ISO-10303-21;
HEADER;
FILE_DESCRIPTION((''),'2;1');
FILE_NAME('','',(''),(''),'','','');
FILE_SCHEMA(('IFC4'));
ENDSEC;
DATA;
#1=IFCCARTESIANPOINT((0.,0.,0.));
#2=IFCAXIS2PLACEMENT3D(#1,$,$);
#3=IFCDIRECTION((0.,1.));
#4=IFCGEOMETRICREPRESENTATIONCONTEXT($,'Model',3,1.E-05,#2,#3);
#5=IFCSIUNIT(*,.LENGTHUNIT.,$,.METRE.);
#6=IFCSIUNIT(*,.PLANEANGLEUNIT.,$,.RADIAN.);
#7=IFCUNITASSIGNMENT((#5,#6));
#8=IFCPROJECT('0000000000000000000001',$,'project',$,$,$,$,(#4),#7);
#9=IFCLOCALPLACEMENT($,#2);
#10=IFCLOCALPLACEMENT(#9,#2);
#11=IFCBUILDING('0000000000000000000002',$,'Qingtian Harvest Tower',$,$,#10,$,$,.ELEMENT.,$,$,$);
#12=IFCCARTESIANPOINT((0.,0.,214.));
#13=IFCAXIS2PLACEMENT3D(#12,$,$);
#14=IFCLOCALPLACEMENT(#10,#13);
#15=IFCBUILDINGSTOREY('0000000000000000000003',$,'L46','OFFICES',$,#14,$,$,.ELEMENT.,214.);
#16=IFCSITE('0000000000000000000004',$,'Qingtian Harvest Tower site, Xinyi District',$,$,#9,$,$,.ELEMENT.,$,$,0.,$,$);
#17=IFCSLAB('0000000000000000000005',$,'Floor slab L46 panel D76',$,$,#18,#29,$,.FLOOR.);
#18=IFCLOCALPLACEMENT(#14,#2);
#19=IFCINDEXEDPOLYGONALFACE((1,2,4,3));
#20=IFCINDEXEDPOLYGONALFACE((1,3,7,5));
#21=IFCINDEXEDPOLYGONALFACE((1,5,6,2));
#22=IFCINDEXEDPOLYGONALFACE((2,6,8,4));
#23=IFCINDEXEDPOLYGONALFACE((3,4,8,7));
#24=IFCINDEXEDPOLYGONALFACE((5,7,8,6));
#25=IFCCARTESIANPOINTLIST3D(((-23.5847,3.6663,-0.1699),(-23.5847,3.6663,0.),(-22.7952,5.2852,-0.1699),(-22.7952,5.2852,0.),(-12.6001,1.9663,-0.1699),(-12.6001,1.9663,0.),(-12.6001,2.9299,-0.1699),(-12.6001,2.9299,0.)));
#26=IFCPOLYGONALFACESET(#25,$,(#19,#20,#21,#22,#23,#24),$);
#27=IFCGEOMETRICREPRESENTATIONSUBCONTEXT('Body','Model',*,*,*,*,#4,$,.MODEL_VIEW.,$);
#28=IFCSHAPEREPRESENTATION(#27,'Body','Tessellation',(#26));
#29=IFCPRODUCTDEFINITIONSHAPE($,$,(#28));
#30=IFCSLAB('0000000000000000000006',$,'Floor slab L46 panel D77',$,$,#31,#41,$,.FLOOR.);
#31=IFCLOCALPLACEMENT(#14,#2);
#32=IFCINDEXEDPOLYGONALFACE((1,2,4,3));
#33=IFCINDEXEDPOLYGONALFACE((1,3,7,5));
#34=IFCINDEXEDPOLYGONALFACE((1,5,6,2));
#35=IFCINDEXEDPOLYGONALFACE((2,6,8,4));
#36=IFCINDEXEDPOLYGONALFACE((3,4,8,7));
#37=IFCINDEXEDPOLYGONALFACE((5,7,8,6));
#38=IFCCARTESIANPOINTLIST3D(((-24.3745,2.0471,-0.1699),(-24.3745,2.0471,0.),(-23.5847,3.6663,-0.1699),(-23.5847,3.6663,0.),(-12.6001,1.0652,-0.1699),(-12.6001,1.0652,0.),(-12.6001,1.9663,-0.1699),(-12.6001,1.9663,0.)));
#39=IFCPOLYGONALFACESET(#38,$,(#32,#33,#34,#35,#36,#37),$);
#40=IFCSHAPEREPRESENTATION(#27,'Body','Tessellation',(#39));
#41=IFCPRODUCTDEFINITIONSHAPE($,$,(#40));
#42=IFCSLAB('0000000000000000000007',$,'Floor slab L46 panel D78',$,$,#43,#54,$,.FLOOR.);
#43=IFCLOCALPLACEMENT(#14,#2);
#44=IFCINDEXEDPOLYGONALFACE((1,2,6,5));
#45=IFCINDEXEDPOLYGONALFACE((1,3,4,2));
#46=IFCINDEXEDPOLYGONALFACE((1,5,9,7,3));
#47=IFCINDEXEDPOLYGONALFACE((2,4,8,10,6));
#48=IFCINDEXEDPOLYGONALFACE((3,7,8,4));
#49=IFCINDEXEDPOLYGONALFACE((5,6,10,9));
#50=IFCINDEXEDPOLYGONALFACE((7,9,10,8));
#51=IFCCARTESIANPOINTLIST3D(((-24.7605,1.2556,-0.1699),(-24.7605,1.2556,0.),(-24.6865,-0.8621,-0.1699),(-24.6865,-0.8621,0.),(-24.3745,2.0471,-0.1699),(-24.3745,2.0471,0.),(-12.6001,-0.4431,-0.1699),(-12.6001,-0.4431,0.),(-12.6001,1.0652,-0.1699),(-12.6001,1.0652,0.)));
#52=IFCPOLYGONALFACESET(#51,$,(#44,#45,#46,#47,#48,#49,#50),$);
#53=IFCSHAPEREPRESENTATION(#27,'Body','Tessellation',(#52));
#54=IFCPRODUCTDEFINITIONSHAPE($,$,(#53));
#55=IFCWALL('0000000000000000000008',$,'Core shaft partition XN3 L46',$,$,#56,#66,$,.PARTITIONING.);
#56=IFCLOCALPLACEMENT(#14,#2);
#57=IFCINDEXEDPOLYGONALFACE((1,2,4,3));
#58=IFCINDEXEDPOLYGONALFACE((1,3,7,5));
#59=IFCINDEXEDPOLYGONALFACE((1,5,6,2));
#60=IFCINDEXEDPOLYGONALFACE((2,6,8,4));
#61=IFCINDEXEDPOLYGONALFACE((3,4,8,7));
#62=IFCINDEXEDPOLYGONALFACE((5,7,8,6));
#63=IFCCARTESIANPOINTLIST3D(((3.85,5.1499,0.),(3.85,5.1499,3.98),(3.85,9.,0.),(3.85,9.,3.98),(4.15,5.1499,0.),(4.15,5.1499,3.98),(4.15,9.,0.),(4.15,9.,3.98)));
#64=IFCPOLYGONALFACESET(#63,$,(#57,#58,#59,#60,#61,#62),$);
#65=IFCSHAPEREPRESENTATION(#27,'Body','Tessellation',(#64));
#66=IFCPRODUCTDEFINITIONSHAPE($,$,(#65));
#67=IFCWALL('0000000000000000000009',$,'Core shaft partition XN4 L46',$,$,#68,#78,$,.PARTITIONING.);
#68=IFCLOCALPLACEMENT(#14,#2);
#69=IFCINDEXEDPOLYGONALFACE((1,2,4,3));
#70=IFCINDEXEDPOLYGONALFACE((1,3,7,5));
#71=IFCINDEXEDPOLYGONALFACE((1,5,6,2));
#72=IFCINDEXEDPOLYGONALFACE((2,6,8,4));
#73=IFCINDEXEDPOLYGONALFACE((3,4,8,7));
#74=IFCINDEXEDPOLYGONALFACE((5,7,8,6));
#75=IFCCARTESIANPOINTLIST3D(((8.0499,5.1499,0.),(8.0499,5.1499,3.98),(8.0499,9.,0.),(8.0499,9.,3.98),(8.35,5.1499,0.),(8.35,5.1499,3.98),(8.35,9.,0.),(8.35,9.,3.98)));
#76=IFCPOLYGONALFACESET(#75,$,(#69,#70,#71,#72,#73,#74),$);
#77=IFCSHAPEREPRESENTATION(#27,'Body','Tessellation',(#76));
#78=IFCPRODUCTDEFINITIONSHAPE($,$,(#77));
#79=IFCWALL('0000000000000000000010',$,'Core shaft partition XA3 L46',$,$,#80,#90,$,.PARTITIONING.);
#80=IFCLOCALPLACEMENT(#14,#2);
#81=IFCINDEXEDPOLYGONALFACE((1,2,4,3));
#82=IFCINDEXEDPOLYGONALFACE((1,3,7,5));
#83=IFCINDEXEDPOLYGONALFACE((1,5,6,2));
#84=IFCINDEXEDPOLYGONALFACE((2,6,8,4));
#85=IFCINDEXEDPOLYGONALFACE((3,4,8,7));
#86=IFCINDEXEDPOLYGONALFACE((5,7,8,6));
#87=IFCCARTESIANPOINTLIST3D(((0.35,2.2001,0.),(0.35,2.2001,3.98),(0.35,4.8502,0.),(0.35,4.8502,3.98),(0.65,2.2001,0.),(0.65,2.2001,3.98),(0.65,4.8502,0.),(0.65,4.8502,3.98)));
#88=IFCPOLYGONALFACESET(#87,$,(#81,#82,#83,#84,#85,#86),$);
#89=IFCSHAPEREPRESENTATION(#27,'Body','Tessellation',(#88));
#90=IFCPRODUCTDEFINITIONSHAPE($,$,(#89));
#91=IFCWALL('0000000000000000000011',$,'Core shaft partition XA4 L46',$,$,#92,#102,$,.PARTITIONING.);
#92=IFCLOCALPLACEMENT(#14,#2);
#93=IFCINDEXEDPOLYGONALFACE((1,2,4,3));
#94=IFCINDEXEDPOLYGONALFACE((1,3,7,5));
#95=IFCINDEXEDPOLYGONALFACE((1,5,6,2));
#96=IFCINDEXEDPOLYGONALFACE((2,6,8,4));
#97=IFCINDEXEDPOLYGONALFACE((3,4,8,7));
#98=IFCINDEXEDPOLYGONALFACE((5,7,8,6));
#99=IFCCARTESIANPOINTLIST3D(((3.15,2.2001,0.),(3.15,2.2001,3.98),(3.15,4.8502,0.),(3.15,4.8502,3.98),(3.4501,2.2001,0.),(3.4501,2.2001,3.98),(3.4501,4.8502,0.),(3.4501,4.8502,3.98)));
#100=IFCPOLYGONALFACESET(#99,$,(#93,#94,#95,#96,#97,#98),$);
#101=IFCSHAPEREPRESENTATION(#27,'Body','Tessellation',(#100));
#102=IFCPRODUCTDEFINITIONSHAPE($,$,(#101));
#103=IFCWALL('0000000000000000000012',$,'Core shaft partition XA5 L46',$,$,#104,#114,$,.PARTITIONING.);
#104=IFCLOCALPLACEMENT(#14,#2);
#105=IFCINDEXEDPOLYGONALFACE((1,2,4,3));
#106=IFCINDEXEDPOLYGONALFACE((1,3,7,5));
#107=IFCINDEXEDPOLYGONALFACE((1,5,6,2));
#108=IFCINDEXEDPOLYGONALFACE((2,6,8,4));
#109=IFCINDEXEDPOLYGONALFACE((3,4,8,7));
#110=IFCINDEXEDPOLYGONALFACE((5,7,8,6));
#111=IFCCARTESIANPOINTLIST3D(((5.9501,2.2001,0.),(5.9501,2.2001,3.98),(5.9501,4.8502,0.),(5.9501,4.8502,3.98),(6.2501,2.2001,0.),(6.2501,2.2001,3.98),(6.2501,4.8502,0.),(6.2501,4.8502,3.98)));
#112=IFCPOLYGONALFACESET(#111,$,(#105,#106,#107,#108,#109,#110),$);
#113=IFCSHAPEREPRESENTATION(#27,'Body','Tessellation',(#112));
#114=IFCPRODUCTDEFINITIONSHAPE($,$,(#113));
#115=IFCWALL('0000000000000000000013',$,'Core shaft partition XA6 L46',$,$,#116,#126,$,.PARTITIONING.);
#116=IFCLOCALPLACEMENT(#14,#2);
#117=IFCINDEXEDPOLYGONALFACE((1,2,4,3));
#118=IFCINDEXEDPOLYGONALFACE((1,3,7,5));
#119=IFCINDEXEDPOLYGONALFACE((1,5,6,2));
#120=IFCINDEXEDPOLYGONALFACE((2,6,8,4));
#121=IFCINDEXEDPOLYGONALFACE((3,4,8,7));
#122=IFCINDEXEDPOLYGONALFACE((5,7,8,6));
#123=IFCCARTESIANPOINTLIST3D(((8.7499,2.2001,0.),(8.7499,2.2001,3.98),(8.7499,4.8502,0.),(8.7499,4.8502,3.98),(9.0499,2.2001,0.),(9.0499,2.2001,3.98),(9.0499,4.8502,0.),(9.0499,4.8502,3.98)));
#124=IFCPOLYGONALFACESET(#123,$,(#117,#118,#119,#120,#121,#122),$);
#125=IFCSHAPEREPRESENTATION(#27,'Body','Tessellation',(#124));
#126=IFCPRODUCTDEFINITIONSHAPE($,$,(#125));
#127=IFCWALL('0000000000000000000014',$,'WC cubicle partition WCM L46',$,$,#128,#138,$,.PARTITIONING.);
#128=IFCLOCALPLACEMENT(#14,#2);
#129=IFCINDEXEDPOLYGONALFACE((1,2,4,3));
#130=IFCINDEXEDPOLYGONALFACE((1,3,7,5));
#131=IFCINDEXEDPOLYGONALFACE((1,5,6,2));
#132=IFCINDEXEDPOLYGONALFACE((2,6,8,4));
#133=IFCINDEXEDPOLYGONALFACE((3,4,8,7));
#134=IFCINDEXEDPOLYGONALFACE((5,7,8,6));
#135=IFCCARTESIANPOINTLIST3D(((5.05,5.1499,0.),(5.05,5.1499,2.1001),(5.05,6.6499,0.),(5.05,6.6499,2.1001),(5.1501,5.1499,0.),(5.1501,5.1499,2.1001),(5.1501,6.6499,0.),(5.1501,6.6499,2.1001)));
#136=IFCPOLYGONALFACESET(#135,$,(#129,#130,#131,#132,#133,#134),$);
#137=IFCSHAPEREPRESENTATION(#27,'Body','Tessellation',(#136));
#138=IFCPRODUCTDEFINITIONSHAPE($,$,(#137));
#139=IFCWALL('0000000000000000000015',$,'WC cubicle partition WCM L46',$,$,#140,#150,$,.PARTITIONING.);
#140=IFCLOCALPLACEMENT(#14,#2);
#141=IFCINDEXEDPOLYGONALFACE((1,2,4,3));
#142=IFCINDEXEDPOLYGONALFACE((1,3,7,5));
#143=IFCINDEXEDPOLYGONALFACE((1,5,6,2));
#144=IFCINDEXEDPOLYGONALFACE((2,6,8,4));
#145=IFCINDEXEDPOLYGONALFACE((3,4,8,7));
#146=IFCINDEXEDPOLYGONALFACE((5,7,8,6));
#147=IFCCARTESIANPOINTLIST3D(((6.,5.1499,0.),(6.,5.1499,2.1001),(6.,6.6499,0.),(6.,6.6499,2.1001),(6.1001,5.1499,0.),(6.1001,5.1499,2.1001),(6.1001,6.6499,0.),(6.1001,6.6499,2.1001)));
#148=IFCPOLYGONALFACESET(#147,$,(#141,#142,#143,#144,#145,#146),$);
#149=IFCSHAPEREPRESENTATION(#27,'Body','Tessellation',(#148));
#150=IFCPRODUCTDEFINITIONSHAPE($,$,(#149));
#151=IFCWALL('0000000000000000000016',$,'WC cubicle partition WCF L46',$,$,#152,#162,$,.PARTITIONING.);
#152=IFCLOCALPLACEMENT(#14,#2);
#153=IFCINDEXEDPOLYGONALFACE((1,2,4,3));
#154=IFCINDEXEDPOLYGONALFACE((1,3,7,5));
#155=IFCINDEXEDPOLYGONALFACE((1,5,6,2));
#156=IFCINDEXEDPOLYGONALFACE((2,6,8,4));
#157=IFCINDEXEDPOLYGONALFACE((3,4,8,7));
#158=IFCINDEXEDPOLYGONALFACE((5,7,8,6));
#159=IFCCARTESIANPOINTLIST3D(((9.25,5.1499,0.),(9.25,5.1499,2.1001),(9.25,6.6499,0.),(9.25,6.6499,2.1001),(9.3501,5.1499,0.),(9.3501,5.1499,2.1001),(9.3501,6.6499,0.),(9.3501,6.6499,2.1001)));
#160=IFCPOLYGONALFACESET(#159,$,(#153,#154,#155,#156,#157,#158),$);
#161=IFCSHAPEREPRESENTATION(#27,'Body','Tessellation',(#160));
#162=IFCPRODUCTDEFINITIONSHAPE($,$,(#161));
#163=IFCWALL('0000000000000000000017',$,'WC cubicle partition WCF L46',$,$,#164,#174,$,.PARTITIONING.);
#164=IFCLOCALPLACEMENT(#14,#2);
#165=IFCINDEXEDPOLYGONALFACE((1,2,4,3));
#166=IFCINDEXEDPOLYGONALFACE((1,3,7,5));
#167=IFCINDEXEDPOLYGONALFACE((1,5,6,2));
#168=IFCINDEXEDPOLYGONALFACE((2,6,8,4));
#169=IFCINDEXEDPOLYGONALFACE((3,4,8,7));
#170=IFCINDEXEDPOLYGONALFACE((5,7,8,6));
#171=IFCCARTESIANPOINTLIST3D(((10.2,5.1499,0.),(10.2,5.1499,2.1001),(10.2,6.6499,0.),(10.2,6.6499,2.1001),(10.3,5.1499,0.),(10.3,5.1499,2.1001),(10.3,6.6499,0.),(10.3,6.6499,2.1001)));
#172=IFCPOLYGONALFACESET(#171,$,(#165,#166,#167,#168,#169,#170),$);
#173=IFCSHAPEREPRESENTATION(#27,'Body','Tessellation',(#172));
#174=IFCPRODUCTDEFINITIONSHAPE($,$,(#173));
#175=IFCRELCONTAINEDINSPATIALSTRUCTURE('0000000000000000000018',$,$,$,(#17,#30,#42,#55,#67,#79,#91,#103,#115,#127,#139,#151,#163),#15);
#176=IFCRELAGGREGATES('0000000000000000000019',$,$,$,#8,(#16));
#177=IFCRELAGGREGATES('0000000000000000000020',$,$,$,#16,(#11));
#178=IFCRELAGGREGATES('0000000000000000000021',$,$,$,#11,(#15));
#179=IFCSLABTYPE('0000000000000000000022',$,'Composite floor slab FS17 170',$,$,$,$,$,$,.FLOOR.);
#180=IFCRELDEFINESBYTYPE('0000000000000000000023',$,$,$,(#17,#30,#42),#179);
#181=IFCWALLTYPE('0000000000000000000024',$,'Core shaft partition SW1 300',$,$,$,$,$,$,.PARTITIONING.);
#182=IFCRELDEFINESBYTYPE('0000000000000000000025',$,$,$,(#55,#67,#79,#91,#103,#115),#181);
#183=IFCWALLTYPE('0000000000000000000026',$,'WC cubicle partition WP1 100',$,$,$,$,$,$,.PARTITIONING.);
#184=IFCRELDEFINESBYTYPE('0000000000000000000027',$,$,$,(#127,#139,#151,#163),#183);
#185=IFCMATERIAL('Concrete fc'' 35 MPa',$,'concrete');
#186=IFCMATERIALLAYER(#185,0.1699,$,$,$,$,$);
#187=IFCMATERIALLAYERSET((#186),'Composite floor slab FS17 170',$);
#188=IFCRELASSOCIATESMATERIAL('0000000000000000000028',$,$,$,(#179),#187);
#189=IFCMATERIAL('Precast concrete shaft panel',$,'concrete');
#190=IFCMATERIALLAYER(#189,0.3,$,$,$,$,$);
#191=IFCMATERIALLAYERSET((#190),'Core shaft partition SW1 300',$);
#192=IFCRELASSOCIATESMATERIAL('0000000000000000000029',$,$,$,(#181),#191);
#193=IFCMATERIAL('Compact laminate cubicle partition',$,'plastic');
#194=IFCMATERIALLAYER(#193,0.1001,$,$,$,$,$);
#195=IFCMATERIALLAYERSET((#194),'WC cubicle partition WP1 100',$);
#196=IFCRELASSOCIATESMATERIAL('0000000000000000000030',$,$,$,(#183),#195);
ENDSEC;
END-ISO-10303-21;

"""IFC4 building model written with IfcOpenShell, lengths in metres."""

from ifc_helpers import new_model, si_unit, direction, frame, frame_2d, origin, place, context, subcontext, project, spatial, polyline, rectangle, outline, extrude, material, layer, layer_set, type_object, element, save


model = new_model("IFC4")

# Units and contexts
model_context = context("Model", 3, precision=1e-05, world=origin(), true_north=direction((0.0, 1.0)))
body_context = subcontext(model_context, "Body", "Model", "MODEL_VIEW")
ifc_project = project(units=[si_unit("LENGTHUNIT", "METRE"), si_unit("PLANEANGLEUNIT", "RADIAN")], contexts=[model_context])

# Site, building, storey
site_placement = place(None, origin())
site = spatial("IfcSite", under=ifc_project, at=site_placement, Name="Qingtian Harvest Tower site, Xinyi District", CompositionType="ELEMENT", RefElevation=0.0)
building_placement = place(site_placement, origin())
building = spatial("IfcBuilding", under=site, at=building_placement, Name="Qingtian Harvest Tower", CompositionType="ELEMENT")
storey_placement = place(building_placement, frame((0.0, 0.0, 214.0)))
storey = spatial("IfcBuildingStorey", under=building, at=storey_placement, Name="L46", Description="OFFICES", CompositionType="ELEMENT", Elevation=214.0)

# Slabs
ifc_material_1 = material(Name="Concrete fc' 35 MPa", Category="concrete")
ifc_layer_1 = layer(ifc_material_1, 0.1699)
ifc_layer_set_1 = layer_set([ifc_layer_1], Name="Composite floor slab FS17 170")
slab_type = type_object("IfcSlabType", Name="Composite floor slab FS17 170", PredefinedType="FLOOR", material=ifc_layer_set_1)
slab_1_placement = place(storey_placement, frame((0.0, 0.0, -0.1699)))
element("IfcSlab", 1, at=slab_1_placement, inside=storey, type_object=slab_type, Name="Floor slab L46 panel D76", PredefinedType="FLOOR", context=body_context, shape_type="SweptSolid", body=[
    extrude(outline(polyline([(-12.6001, 1.9663), (-23.5847, 3.6663), (-22.7952, 5.2852), (-12.6001, 2.9299), (-12.6001, 1.9663)])), origin(), (0.0, 0.0, 1.0), 0.1699),
])
slab_2_placement = place(storey_placement, frame((0.0, 0.0, -0.1699)))
element("IfcSlab", 2, at=slab_2_placement, inside=storey, type_object=slab_type, Name="Floor slab L46 panel D77", PredefinedType="FLOOR", context=body_context, shape_type="SweptSolid", body=[
    extrude(outline(polyline([(-12.6001, 1.0652), (-24.3745, 2.0471), (-23.5847, 3.6663), (-12.6001, 1.9663), (-12.6001, 1.0652)])), origin(), (0.0, 0.0, 1.0), 0.1699),
])
slab_3_placement = place(storey_placement, frame((0.0, 0.0, -0.1699)))
element("IfcSlab", 3, at=slab_3_placement, inside=storey, type_object=slab_type, Name="Floor slab L46 panel D78", PredefinedType="FLOOR", context=body_context, shape_type="SweptSolid", body=[
    extrude(outline(polyline([(-12.6001, 1.0652), (-12.6001, -0.4431), (-24.6865, -0.8621), (-24.7605, 1.2556), (-24.3745, 2.0471), (-12.6001, 1.0652)])), origin(), (0.0, 0.0, 1.0), 0.1699),
])

# Shared definitions
ifc_material_2 = material(Name="Precast concrete shaft panel", Category="concrete")
ifc_layer_2 = layer(ifc_material_2, 0.3)
ifc_layer_set_2 = layer_set([ifc_layer_2], Name="Core shaft partition SW1 300")
wall_type_1 = type_object("IfcWallType", Name="Core shaft partition SW1 300", PredefinedType="PARTITIONING", material=ifc_layer_set_2)

# Walls
for number, where, z_axis, x_axis, name in (
    (4, (4.0, 5.1499, 0.0), (0.0, 0.0, 1.0), (0.0, 1.0, 0.0), "Core shaft partition XN3 L46"),
    (5, (8.2, 5.1499, 0.0), (0.0, 0.0, 1.0), (0.0, 1.0, 0.0), "Core shaft partition XN4 L46"),
):
    element("IfcWall", number, at=place(storey_placement, frame(where, z_axis=z_axis, x_axis=x_axis)), inside=storey, type_object=wall_type_1, Name=name, PredefinedType="PARTITIONING", context=body_context, shape_type="SweptSolid", body=[
        extrude(rectangle(XDim=3.8501, YDim=0.3, at=frame_2d((1.925, 0.0))), origin(), (0.0, 0.0, 1.0), 3.98),
    ])
for number, where, z_axis, x_axis, name in (
    (6, (0.5, 2.2, 0.0), (0.0, 0.0, 1.0), (0.0, 1.0, 0.0), "Core shaft partition XA3 L46"),
    (7, (3.3, 2.2, 0.0), (0.0, 0.0, 1.0), (0.0, 1.0, 0.0), "Core shaft partition XA4 L46"),
    (8, (6.1001, 2.2, 0.0), (0.0, 0.0, 1.0), (0.0, 1.0, 0.0), "Core shaft partition XA5 L46"),
    (9, (8.8999, 2.2, 0.0), (0.0, 0.0, 1.0), (0.0, 1.0, 0.0), "Core shaft partition XA6 L46"),
):
    element("IfcWall", number, at=place(storey_placement, frame(where, z_axis=z_axis, x_axis=x_axis)), inside=storey, type_object=wall_type_1, Name=name, PredefinedType="PARTITIONING", context=body_context, shape_type="SweptSolid", body=[
        extrude(rectangle(XDim=2.6501, YDim=0.3, at=frame_2d((1.3252, 0.0))), origin(), (0.0, 0.0, 1.0), 3.98),
    ])
ifc_material_3 = material(Name="Compact laminate cubicle partition", Category="plastic")
ifc_layer_3 = layer(ifc_material_3, 0.1001)
ifc_layer_set_3 = layer_set([ifc_layer_3], Name="WC cubicle partition WP1 100")
wall_type_2 = type_object("IfcWallType", Name="WC cubicle partition WP1 100", PredefinedType="PARTITIONING", material=ifc_layer_set_3)
for number, where, z_axis, x_axis, name in (
    (10, (5.1001, 5.1499, 0.0), (0.0, 0.0, 1.0), (0.0, 1.0, 0.0), "WC cubicle partition WCM L46"),
    (11, (6.05, 5.1499, 0.0), (0.0, 0.0, 1.0), (0.0, 1.0, 0.0), "WC cubicle partition WCM L46"),
    (12, (9.3, 5.1499, 0.0), (0.0, 0.0, 1.0), (0.0, 1.0, 0.0), "WC cubicle partition WCF L46"),
    (13, (10.25, 5.1499, 0.0), (0.0, 0.0, 1.0), (0.0, 1.0, 0.0), "WC cubicle partition WCF L46"),
):
    element("IfcWall", number, at=place(storey_placement, frame(where, z_axis=z_axis, x_axis=x_axis)), inside=storey, type_object=wall_type_2, Name=name, PredefinedType="PARTITIONING", context=body_context, shape_type="SweptSolid", body=[
        extrude(rectangle(XDim=1.5, YDim=0.1001, at=frame_2d((0.75, 0.0))), origin(), (0.0, 0.0, 1.0), 2.1001),
    ])

save(model, "model.ifc")
